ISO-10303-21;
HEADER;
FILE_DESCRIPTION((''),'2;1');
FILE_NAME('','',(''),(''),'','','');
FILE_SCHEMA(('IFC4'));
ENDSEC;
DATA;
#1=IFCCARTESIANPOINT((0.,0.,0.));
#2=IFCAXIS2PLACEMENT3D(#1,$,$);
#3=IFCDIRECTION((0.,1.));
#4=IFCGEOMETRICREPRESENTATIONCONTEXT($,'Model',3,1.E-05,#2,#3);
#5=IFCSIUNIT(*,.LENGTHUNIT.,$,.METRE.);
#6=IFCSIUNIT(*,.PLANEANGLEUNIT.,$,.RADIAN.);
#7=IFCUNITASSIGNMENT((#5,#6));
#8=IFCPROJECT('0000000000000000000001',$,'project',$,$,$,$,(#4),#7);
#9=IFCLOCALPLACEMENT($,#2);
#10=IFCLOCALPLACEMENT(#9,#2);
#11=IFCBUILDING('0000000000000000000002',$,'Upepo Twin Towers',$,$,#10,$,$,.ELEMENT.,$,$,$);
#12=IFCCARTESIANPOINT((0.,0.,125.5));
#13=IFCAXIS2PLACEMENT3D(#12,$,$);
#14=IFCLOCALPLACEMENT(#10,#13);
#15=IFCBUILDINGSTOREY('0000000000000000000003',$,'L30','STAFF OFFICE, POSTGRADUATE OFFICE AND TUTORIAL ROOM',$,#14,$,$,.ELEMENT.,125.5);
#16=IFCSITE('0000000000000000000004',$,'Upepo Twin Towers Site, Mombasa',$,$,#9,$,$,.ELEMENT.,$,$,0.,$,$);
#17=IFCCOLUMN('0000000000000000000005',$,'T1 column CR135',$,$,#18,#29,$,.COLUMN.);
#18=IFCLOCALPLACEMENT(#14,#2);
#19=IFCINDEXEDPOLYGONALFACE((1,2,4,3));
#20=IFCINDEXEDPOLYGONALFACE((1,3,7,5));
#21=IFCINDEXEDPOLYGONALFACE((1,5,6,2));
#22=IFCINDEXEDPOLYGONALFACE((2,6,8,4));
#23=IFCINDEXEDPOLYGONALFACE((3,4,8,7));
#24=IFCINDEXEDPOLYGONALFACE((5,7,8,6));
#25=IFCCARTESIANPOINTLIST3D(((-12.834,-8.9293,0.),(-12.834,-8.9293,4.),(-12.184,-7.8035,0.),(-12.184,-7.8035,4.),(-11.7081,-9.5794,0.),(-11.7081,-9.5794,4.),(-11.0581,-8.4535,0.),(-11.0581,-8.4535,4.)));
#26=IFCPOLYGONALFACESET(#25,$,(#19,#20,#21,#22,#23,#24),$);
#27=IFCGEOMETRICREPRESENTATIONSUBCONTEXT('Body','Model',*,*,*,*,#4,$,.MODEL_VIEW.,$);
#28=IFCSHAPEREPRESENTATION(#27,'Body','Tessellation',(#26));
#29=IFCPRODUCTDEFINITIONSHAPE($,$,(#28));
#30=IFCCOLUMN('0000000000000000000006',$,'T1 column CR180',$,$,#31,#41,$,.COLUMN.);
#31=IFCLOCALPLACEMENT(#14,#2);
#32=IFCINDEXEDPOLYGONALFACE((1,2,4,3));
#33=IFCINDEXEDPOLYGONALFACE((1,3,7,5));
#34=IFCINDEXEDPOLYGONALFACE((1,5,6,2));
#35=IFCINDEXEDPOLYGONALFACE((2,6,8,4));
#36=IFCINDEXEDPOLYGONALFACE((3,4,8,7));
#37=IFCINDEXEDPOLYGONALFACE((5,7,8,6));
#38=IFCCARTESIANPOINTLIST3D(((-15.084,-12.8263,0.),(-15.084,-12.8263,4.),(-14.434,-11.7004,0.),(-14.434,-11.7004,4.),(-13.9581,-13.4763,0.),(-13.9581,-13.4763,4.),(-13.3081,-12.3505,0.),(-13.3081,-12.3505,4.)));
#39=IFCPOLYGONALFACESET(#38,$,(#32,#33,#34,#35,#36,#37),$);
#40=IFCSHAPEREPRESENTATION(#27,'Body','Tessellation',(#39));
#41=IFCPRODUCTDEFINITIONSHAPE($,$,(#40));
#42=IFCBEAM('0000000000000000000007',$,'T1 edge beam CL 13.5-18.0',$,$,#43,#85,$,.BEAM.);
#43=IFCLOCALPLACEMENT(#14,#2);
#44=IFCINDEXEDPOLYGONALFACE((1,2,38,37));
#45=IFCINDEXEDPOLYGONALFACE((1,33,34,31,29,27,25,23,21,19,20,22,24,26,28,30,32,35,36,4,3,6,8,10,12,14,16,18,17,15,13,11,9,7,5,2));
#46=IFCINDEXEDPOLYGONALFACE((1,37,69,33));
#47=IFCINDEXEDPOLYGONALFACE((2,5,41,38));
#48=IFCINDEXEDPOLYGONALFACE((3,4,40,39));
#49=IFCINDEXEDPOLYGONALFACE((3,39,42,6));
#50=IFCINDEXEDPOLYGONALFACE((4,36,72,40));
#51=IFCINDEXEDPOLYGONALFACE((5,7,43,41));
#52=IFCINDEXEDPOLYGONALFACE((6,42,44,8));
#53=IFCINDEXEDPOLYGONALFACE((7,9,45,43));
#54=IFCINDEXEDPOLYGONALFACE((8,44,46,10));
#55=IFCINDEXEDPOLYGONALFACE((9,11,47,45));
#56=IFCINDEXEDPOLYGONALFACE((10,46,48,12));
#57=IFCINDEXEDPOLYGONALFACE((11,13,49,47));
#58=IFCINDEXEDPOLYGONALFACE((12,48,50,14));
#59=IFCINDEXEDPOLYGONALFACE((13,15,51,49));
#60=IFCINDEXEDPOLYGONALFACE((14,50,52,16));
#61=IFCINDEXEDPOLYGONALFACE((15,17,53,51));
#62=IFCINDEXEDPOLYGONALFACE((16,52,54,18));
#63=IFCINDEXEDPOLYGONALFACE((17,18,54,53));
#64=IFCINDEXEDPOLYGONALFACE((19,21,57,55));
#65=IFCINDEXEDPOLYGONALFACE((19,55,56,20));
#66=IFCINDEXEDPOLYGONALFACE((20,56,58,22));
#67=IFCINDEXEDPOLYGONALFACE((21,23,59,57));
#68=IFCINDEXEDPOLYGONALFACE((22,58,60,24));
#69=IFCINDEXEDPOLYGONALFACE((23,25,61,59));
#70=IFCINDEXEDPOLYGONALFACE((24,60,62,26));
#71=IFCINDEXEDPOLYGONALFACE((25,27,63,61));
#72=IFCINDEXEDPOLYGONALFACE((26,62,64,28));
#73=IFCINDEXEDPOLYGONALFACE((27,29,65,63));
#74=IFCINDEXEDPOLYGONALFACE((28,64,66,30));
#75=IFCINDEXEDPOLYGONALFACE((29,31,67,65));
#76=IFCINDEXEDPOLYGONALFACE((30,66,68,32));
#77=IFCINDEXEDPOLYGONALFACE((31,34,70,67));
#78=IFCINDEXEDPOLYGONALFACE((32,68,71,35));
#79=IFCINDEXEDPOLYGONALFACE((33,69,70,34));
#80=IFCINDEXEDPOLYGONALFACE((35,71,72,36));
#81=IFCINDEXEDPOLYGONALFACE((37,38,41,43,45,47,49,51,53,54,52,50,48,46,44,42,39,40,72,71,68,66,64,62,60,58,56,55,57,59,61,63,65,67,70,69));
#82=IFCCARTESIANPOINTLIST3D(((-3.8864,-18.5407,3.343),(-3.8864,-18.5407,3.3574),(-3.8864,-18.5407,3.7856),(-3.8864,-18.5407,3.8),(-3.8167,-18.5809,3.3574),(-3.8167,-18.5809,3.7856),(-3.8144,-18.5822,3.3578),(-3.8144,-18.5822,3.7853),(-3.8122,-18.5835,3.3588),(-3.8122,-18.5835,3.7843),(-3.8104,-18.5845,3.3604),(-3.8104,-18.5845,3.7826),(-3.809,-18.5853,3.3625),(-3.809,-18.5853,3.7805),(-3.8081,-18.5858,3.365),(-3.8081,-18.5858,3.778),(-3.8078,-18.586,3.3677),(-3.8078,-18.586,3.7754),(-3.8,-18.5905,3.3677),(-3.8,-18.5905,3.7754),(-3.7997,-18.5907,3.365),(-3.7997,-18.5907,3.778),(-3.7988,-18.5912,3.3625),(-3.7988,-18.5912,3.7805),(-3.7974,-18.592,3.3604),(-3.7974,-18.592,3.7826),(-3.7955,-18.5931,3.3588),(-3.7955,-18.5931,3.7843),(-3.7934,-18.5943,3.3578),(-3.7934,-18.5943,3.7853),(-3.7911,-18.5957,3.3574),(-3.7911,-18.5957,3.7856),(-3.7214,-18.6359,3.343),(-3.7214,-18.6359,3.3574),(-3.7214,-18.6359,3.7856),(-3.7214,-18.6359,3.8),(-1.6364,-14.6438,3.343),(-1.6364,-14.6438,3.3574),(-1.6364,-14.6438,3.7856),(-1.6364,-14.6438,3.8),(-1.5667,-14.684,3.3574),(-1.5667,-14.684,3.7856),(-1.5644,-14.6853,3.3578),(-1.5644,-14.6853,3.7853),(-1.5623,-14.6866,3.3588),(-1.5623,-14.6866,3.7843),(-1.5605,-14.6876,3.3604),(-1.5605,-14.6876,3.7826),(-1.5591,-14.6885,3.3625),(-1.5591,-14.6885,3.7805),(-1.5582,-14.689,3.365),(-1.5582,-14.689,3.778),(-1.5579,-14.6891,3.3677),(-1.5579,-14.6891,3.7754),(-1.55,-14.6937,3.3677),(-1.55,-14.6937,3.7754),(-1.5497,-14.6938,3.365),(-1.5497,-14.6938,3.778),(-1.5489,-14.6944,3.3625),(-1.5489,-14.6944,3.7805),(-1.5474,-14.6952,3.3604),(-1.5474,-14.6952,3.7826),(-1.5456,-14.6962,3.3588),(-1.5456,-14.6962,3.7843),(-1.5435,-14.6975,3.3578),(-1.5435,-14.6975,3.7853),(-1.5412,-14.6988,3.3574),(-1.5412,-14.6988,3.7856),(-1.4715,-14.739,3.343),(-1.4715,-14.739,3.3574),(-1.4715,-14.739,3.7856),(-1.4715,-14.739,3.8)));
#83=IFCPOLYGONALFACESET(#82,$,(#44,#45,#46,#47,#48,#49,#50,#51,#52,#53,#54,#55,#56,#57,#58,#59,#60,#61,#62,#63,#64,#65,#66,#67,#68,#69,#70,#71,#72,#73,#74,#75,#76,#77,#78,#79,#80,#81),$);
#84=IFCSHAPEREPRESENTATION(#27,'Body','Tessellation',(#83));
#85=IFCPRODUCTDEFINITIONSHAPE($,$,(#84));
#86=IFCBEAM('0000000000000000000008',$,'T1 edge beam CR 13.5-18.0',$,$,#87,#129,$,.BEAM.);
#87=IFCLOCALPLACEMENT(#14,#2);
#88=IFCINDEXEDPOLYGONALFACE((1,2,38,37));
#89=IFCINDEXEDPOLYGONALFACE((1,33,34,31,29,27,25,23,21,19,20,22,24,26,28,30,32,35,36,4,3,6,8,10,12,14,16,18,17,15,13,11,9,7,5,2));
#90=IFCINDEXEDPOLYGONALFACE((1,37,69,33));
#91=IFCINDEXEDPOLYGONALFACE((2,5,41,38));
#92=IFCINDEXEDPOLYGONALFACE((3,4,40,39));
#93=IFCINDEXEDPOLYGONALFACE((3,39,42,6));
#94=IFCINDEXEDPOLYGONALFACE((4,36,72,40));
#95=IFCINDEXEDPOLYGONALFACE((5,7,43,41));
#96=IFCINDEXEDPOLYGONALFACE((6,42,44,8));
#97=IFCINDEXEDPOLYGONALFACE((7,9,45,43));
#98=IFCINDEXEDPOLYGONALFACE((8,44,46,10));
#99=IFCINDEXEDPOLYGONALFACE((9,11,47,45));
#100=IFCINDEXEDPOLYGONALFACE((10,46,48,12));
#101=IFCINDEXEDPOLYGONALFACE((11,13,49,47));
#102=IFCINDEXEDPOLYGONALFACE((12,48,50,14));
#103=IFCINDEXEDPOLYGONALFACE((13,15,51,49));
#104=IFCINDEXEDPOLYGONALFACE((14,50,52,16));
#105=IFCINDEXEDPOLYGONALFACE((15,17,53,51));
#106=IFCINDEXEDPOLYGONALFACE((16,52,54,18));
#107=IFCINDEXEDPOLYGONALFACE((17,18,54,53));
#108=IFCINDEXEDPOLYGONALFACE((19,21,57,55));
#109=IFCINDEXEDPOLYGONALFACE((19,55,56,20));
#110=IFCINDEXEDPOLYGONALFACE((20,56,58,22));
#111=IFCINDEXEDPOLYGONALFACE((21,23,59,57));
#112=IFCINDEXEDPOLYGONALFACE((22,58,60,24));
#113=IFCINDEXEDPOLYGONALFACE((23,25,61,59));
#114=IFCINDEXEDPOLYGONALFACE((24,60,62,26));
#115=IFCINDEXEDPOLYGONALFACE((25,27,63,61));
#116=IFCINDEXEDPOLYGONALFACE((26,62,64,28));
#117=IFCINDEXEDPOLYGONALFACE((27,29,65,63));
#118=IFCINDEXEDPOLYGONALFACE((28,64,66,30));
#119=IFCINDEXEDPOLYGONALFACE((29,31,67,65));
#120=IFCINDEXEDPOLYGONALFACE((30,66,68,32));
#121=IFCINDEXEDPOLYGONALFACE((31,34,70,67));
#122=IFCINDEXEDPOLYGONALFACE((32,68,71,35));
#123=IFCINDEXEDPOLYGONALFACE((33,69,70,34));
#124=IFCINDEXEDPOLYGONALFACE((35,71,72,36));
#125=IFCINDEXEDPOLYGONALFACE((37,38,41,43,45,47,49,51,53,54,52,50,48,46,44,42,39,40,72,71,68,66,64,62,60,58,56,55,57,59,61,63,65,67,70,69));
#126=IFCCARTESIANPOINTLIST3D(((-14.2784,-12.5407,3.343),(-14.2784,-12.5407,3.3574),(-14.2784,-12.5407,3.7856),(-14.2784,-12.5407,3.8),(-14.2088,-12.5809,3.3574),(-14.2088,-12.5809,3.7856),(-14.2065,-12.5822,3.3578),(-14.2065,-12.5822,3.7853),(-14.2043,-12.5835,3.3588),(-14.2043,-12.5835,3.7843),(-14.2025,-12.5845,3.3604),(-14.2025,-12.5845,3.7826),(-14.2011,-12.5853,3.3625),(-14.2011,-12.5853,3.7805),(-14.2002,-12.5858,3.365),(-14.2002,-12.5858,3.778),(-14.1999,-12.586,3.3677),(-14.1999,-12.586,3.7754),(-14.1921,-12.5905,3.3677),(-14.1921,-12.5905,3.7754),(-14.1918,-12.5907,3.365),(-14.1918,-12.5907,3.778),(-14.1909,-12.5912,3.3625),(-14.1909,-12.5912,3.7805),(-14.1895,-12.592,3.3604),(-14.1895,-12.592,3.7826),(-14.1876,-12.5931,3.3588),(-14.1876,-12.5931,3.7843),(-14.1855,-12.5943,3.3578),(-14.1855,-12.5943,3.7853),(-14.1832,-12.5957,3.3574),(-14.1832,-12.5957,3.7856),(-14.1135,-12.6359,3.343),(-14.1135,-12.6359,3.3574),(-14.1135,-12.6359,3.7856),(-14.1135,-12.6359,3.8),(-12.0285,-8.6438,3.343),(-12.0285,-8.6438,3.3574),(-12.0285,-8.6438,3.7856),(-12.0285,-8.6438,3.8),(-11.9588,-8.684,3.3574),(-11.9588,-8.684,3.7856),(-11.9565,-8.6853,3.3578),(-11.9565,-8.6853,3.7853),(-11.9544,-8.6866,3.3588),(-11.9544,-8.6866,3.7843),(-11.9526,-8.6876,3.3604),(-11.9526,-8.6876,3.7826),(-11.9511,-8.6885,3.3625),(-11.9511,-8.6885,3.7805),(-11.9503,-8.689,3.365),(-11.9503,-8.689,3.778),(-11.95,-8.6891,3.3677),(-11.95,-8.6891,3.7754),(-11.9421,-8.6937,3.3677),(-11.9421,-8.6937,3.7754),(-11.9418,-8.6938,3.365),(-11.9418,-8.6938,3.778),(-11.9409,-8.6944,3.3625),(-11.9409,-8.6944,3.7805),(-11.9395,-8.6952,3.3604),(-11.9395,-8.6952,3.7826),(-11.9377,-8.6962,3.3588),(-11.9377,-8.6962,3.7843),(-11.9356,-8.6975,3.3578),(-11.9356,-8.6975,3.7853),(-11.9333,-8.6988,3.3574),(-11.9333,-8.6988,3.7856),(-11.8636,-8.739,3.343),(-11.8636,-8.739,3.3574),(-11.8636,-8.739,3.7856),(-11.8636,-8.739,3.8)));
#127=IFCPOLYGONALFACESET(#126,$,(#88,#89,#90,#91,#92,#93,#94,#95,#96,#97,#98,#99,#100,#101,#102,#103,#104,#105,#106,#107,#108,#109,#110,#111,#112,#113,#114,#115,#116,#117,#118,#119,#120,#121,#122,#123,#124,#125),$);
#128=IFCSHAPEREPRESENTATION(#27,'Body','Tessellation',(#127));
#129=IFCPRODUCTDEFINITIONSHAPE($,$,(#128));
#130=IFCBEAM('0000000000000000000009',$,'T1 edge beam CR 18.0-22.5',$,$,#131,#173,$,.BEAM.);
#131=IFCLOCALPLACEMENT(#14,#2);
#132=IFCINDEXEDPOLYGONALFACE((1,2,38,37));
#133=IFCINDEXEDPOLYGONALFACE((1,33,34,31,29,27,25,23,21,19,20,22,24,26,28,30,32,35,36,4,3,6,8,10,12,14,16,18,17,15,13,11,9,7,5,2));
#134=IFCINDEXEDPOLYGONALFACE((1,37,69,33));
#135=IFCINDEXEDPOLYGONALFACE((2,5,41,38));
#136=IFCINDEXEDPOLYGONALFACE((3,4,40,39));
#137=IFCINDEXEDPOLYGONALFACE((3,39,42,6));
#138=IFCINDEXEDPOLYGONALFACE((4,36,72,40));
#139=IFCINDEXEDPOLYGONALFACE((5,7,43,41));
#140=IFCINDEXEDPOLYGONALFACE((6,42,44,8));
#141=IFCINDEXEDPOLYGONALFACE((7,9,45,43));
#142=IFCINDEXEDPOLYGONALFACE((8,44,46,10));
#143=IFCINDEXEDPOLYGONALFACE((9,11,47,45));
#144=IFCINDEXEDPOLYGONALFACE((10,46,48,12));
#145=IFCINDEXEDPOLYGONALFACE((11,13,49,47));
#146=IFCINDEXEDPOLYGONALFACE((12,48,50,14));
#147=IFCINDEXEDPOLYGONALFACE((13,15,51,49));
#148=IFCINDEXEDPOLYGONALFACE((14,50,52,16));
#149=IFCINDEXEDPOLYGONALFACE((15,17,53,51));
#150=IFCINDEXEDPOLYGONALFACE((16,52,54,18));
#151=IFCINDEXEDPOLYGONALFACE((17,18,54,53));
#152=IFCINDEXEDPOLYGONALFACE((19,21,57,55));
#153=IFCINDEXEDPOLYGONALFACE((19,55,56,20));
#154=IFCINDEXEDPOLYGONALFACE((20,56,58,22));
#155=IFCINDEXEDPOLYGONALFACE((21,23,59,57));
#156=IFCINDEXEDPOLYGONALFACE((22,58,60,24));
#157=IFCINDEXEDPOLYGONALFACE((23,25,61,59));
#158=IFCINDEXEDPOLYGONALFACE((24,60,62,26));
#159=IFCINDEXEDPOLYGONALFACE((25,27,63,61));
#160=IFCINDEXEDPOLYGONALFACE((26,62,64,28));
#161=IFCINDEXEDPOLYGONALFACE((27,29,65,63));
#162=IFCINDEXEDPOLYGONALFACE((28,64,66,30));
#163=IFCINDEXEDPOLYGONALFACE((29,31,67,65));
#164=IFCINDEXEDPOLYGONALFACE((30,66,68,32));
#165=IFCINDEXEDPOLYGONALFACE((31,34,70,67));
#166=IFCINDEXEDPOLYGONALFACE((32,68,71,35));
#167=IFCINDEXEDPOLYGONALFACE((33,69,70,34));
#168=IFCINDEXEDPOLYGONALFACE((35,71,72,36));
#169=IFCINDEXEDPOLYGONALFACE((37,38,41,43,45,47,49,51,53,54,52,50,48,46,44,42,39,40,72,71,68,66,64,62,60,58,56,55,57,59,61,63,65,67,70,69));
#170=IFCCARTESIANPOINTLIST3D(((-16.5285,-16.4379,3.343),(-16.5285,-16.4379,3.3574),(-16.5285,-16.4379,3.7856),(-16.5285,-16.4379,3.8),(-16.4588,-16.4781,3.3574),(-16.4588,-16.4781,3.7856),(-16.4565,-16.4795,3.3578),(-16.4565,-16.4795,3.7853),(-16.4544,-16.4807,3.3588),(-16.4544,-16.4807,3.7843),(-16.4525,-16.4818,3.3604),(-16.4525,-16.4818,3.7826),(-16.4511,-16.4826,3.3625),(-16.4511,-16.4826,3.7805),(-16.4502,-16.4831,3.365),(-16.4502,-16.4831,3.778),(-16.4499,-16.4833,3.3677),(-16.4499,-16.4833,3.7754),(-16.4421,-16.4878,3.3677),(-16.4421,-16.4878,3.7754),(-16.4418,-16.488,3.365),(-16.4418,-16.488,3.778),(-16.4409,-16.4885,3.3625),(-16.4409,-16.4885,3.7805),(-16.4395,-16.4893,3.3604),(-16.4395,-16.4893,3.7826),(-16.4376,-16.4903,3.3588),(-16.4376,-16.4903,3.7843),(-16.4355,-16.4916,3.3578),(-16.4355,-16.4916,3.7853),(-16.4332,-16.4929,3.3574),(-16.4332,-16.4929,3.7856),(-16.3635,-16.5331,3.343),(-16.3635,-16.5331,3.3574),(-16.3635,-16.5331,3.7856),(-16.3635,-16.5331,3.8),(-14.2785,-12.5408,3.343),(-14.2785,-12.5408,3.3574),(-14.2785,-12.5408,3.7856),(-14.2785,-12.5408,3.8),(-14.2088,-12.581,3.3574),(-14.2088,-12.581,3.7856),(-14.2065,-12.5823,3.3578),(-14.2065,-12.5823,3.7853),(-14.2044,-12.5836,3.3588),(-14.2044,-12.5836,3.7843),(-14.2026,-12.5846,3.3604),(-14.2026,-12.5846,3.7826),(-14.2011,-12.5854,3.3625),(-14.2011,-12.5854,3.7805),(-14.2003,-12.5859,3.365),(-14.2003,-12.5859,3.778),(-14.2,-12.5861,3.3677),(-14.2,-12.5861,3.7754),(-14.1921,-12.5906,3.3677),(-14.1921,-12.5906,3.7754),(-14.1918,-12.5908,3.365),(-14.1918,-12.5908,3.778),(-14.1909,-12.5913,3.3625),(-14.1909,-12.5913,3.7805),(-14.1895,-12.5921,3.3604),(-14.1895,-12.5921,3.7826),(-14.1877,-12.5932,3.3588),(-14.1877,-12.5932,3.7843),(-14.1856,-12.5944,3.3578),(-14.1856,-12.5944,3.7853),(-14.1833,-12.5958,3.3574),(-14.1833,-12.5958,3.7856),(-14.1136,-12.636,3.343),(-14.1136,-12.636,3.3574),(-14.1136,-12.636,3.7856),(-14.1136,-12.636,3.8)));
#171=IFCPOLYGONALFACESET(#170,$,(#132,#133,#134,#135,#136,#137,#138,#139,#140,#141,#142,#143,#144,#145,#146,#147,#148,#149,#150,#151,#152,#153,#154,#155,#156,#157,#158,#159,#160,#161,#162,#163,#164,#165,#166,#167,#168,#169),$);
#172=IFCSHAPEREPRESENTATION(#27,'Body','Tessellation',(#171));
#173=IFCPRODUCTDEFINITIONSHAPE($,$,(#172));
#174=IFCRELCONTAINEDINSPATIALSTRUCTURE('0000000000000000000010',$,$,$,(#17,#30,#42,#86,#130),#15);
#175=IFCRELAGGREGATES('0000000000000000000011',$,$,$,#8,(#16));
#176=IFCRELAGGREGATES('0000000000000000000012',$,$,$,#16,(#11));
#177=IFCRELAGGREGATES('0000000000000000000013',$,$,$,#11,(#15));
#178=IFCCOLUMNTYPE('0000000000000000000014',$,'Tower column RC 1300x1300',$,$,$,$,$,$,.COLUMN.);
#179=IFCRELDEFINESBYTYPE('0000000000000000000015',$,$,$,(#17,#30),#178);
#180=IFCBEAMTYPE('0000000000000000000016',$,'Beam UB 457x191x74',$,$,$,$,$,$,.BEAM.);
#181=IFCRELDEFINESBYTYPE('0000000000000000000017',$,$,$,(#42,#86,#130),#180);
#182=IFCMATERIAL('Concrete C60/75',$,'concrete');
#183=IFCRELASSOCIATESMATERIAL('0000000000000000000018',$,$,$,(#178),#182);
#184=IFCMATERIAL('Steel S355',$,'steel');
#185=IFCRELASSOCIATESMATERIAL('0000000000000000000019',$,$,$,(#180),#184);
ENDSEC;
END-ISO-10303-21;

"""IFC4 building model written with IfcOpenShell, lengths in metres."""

from ifc_helpers import new_model, si_unit, direction, frame, origin, origin_2d, place, context, subcontext, project, spatial, rectangle, i_section, extrude, material, material_profile, profile_set, type_object, element, save


model = new_model("IFC4")

# Units and contexts
model_context = context("Model", 3, precision=1e-05, world=origin(), true_north=direction((0.0, 1.0)))
body_context = subcontext(model_context, "Body", "Model", "MODEL_VIEW")
ifc_project = project(units=[si_unit("LENGTHUNIT", "METRE"), si_unit("PLANEANGLEUNIT", "RADIAN")], contexts=[model_context])

# Site, building, storey
site_placement = place(None, origin())
site = spatial("IfcSite", under=ifc_project, at=site_placement, Name="Upepo Twin Towers Site, Mombasa", CompositionType="ELEMENT", RefElevation=0.0)
building_placement = place(site_placement, origin())
building = spatial("IfcBuilding", under=site, at=building_placement, Name="Upepo Twin Towers", CompositionType="ELEMENT")
storey_placement = place(building_placement, frame((0.0, 0.0, 125.5)))
storey = spatial("IfcBuildingStorey", under=building, at=storey_placement, Name="L30", Description="STAFF OFFICE, POSTGRADUATE OFFICE AND TUTORIAL ROOM", CompositionType="ELEMENT", Elevation=125.5)

# Columns
ifc_material_1 = material(Name="Concrete C60/75", Category="concrete")
ifc_material_profile_1 = material_profile(ifc_material_1, rectangle(XDim=1.3, YDim=1.3, at=origin_2d()), Name="RC 1300x1300")
ifc_profile_set_1 = profile_set([ifc_material_profile_1], Name="Concrete C60/75")
column_type = type_object("IfcColumnType", Name="Tower column RC 1300x1300", PredefinedType="COLUMN", material=ifc_profile_set_1)
for number, where, z_axis, x_axis, name in (
    (1, (-11.946, -8.6914, 0.0), (0.0, 0.0, 1.0), (0.5, 0.866025, 0.0), "T1 column CR135"),
    (2, (-14.196, -12.5884, 0.0), (0.0, 0.0, 1.0), (0.5, 0.866025, 0.0), "T1 column CR180"),
):
    element("IfcColumn", number, at=place(storey_placement, frame(where, z_axis=z_axis, x_axis=x_axis)), inside=storey, type_object=column_type, Name=name, PredefinedType="COLUMN", context=body_context, shape_type="SweptSolid", body=[
        extrude(rectangle(XDim=1.3, YDim=1.3, at=origin_2d()), origin(), (0.0, 0.0, 1.0), 4.0),
    ])

# Beams
ifc_material_2 = material(Name="Steel S355", Category="steel")
ifc_material_profile_2 = material_profile(ifc_material_2, i_section(OverallWidth=0.1904, OverallDepth=0.457, WebThickness=0.009, FlangeThickness=0.0144, FilletRadius=0.0103, at=origin_2d()), Name="UB 457x191x74")
ifc_profile_set_2 = profile_set([ifc_material_profile_2], Name="Steel S355")
beam_type_1 = type_object("IfcBeamType", Name="Beam UB 457x191x74", PredefinedType="BEAM", material=ifc_profile_set_2)
for number, where, z_axis, x_axis, name in (
    (3, (-1.554, -14.6914, 3.5715), (-0.500014, -0.866018, 0.0), (0.866018, -0.500014, 0.0), "T1 edge beam CL 13.5-18.0"),
    (4, (-11.946, -8.6914, 3.5715), (-0.500014, -0.866018, 0.0), (0.866018, -0.500014, 0.0), "T1 edge beam CR 13.5-18.0"),
):
    element("IfcBeam", number, at=place(storey_placement, frame(where, z_axis=z_axis, x_axis=x_axis)), inside=storey, type_object=beam_type_1, Name=name, PredefinedType="BEAM", context=body_context, shape_type="SweptSolid", body=[
        extrude(i_section(OverallWidth=0.1904, OverallDepth=0.457, WebThickness=0.009, FlangeThickness=0.0144, FilletRadius=0.0103, at=origin_2d()), origin(), (0.0, 0.0, 1.0), 4.4998),
    ])
beam_placement = place(storey_placement, frame((-14.196, -12.5884, 3.5715), z_axis=(-0.49999, -0.866031, 0.0), x_axis=(0.866031, -0.49999, 0.0)))
element("IfcBeam", 5, at=beam_placement, inside=storey, type_object=beam_type_1, Name="T1 edge beam CR 18.0-22.5", PredefinedType="BEAM", context=body_context, shape_type="SweptSolid", body=[
    extrude(i_section(OverallWidth=0.1904, OverallDepth=0.457, WebThickness=0.009, FlangeThickness=0.0144, FilletRadius=0.0103, at=origin_2d()), origin(), (0.0, 0.0, 1.0), 4.5),
])

save(model, "model.ifc")
